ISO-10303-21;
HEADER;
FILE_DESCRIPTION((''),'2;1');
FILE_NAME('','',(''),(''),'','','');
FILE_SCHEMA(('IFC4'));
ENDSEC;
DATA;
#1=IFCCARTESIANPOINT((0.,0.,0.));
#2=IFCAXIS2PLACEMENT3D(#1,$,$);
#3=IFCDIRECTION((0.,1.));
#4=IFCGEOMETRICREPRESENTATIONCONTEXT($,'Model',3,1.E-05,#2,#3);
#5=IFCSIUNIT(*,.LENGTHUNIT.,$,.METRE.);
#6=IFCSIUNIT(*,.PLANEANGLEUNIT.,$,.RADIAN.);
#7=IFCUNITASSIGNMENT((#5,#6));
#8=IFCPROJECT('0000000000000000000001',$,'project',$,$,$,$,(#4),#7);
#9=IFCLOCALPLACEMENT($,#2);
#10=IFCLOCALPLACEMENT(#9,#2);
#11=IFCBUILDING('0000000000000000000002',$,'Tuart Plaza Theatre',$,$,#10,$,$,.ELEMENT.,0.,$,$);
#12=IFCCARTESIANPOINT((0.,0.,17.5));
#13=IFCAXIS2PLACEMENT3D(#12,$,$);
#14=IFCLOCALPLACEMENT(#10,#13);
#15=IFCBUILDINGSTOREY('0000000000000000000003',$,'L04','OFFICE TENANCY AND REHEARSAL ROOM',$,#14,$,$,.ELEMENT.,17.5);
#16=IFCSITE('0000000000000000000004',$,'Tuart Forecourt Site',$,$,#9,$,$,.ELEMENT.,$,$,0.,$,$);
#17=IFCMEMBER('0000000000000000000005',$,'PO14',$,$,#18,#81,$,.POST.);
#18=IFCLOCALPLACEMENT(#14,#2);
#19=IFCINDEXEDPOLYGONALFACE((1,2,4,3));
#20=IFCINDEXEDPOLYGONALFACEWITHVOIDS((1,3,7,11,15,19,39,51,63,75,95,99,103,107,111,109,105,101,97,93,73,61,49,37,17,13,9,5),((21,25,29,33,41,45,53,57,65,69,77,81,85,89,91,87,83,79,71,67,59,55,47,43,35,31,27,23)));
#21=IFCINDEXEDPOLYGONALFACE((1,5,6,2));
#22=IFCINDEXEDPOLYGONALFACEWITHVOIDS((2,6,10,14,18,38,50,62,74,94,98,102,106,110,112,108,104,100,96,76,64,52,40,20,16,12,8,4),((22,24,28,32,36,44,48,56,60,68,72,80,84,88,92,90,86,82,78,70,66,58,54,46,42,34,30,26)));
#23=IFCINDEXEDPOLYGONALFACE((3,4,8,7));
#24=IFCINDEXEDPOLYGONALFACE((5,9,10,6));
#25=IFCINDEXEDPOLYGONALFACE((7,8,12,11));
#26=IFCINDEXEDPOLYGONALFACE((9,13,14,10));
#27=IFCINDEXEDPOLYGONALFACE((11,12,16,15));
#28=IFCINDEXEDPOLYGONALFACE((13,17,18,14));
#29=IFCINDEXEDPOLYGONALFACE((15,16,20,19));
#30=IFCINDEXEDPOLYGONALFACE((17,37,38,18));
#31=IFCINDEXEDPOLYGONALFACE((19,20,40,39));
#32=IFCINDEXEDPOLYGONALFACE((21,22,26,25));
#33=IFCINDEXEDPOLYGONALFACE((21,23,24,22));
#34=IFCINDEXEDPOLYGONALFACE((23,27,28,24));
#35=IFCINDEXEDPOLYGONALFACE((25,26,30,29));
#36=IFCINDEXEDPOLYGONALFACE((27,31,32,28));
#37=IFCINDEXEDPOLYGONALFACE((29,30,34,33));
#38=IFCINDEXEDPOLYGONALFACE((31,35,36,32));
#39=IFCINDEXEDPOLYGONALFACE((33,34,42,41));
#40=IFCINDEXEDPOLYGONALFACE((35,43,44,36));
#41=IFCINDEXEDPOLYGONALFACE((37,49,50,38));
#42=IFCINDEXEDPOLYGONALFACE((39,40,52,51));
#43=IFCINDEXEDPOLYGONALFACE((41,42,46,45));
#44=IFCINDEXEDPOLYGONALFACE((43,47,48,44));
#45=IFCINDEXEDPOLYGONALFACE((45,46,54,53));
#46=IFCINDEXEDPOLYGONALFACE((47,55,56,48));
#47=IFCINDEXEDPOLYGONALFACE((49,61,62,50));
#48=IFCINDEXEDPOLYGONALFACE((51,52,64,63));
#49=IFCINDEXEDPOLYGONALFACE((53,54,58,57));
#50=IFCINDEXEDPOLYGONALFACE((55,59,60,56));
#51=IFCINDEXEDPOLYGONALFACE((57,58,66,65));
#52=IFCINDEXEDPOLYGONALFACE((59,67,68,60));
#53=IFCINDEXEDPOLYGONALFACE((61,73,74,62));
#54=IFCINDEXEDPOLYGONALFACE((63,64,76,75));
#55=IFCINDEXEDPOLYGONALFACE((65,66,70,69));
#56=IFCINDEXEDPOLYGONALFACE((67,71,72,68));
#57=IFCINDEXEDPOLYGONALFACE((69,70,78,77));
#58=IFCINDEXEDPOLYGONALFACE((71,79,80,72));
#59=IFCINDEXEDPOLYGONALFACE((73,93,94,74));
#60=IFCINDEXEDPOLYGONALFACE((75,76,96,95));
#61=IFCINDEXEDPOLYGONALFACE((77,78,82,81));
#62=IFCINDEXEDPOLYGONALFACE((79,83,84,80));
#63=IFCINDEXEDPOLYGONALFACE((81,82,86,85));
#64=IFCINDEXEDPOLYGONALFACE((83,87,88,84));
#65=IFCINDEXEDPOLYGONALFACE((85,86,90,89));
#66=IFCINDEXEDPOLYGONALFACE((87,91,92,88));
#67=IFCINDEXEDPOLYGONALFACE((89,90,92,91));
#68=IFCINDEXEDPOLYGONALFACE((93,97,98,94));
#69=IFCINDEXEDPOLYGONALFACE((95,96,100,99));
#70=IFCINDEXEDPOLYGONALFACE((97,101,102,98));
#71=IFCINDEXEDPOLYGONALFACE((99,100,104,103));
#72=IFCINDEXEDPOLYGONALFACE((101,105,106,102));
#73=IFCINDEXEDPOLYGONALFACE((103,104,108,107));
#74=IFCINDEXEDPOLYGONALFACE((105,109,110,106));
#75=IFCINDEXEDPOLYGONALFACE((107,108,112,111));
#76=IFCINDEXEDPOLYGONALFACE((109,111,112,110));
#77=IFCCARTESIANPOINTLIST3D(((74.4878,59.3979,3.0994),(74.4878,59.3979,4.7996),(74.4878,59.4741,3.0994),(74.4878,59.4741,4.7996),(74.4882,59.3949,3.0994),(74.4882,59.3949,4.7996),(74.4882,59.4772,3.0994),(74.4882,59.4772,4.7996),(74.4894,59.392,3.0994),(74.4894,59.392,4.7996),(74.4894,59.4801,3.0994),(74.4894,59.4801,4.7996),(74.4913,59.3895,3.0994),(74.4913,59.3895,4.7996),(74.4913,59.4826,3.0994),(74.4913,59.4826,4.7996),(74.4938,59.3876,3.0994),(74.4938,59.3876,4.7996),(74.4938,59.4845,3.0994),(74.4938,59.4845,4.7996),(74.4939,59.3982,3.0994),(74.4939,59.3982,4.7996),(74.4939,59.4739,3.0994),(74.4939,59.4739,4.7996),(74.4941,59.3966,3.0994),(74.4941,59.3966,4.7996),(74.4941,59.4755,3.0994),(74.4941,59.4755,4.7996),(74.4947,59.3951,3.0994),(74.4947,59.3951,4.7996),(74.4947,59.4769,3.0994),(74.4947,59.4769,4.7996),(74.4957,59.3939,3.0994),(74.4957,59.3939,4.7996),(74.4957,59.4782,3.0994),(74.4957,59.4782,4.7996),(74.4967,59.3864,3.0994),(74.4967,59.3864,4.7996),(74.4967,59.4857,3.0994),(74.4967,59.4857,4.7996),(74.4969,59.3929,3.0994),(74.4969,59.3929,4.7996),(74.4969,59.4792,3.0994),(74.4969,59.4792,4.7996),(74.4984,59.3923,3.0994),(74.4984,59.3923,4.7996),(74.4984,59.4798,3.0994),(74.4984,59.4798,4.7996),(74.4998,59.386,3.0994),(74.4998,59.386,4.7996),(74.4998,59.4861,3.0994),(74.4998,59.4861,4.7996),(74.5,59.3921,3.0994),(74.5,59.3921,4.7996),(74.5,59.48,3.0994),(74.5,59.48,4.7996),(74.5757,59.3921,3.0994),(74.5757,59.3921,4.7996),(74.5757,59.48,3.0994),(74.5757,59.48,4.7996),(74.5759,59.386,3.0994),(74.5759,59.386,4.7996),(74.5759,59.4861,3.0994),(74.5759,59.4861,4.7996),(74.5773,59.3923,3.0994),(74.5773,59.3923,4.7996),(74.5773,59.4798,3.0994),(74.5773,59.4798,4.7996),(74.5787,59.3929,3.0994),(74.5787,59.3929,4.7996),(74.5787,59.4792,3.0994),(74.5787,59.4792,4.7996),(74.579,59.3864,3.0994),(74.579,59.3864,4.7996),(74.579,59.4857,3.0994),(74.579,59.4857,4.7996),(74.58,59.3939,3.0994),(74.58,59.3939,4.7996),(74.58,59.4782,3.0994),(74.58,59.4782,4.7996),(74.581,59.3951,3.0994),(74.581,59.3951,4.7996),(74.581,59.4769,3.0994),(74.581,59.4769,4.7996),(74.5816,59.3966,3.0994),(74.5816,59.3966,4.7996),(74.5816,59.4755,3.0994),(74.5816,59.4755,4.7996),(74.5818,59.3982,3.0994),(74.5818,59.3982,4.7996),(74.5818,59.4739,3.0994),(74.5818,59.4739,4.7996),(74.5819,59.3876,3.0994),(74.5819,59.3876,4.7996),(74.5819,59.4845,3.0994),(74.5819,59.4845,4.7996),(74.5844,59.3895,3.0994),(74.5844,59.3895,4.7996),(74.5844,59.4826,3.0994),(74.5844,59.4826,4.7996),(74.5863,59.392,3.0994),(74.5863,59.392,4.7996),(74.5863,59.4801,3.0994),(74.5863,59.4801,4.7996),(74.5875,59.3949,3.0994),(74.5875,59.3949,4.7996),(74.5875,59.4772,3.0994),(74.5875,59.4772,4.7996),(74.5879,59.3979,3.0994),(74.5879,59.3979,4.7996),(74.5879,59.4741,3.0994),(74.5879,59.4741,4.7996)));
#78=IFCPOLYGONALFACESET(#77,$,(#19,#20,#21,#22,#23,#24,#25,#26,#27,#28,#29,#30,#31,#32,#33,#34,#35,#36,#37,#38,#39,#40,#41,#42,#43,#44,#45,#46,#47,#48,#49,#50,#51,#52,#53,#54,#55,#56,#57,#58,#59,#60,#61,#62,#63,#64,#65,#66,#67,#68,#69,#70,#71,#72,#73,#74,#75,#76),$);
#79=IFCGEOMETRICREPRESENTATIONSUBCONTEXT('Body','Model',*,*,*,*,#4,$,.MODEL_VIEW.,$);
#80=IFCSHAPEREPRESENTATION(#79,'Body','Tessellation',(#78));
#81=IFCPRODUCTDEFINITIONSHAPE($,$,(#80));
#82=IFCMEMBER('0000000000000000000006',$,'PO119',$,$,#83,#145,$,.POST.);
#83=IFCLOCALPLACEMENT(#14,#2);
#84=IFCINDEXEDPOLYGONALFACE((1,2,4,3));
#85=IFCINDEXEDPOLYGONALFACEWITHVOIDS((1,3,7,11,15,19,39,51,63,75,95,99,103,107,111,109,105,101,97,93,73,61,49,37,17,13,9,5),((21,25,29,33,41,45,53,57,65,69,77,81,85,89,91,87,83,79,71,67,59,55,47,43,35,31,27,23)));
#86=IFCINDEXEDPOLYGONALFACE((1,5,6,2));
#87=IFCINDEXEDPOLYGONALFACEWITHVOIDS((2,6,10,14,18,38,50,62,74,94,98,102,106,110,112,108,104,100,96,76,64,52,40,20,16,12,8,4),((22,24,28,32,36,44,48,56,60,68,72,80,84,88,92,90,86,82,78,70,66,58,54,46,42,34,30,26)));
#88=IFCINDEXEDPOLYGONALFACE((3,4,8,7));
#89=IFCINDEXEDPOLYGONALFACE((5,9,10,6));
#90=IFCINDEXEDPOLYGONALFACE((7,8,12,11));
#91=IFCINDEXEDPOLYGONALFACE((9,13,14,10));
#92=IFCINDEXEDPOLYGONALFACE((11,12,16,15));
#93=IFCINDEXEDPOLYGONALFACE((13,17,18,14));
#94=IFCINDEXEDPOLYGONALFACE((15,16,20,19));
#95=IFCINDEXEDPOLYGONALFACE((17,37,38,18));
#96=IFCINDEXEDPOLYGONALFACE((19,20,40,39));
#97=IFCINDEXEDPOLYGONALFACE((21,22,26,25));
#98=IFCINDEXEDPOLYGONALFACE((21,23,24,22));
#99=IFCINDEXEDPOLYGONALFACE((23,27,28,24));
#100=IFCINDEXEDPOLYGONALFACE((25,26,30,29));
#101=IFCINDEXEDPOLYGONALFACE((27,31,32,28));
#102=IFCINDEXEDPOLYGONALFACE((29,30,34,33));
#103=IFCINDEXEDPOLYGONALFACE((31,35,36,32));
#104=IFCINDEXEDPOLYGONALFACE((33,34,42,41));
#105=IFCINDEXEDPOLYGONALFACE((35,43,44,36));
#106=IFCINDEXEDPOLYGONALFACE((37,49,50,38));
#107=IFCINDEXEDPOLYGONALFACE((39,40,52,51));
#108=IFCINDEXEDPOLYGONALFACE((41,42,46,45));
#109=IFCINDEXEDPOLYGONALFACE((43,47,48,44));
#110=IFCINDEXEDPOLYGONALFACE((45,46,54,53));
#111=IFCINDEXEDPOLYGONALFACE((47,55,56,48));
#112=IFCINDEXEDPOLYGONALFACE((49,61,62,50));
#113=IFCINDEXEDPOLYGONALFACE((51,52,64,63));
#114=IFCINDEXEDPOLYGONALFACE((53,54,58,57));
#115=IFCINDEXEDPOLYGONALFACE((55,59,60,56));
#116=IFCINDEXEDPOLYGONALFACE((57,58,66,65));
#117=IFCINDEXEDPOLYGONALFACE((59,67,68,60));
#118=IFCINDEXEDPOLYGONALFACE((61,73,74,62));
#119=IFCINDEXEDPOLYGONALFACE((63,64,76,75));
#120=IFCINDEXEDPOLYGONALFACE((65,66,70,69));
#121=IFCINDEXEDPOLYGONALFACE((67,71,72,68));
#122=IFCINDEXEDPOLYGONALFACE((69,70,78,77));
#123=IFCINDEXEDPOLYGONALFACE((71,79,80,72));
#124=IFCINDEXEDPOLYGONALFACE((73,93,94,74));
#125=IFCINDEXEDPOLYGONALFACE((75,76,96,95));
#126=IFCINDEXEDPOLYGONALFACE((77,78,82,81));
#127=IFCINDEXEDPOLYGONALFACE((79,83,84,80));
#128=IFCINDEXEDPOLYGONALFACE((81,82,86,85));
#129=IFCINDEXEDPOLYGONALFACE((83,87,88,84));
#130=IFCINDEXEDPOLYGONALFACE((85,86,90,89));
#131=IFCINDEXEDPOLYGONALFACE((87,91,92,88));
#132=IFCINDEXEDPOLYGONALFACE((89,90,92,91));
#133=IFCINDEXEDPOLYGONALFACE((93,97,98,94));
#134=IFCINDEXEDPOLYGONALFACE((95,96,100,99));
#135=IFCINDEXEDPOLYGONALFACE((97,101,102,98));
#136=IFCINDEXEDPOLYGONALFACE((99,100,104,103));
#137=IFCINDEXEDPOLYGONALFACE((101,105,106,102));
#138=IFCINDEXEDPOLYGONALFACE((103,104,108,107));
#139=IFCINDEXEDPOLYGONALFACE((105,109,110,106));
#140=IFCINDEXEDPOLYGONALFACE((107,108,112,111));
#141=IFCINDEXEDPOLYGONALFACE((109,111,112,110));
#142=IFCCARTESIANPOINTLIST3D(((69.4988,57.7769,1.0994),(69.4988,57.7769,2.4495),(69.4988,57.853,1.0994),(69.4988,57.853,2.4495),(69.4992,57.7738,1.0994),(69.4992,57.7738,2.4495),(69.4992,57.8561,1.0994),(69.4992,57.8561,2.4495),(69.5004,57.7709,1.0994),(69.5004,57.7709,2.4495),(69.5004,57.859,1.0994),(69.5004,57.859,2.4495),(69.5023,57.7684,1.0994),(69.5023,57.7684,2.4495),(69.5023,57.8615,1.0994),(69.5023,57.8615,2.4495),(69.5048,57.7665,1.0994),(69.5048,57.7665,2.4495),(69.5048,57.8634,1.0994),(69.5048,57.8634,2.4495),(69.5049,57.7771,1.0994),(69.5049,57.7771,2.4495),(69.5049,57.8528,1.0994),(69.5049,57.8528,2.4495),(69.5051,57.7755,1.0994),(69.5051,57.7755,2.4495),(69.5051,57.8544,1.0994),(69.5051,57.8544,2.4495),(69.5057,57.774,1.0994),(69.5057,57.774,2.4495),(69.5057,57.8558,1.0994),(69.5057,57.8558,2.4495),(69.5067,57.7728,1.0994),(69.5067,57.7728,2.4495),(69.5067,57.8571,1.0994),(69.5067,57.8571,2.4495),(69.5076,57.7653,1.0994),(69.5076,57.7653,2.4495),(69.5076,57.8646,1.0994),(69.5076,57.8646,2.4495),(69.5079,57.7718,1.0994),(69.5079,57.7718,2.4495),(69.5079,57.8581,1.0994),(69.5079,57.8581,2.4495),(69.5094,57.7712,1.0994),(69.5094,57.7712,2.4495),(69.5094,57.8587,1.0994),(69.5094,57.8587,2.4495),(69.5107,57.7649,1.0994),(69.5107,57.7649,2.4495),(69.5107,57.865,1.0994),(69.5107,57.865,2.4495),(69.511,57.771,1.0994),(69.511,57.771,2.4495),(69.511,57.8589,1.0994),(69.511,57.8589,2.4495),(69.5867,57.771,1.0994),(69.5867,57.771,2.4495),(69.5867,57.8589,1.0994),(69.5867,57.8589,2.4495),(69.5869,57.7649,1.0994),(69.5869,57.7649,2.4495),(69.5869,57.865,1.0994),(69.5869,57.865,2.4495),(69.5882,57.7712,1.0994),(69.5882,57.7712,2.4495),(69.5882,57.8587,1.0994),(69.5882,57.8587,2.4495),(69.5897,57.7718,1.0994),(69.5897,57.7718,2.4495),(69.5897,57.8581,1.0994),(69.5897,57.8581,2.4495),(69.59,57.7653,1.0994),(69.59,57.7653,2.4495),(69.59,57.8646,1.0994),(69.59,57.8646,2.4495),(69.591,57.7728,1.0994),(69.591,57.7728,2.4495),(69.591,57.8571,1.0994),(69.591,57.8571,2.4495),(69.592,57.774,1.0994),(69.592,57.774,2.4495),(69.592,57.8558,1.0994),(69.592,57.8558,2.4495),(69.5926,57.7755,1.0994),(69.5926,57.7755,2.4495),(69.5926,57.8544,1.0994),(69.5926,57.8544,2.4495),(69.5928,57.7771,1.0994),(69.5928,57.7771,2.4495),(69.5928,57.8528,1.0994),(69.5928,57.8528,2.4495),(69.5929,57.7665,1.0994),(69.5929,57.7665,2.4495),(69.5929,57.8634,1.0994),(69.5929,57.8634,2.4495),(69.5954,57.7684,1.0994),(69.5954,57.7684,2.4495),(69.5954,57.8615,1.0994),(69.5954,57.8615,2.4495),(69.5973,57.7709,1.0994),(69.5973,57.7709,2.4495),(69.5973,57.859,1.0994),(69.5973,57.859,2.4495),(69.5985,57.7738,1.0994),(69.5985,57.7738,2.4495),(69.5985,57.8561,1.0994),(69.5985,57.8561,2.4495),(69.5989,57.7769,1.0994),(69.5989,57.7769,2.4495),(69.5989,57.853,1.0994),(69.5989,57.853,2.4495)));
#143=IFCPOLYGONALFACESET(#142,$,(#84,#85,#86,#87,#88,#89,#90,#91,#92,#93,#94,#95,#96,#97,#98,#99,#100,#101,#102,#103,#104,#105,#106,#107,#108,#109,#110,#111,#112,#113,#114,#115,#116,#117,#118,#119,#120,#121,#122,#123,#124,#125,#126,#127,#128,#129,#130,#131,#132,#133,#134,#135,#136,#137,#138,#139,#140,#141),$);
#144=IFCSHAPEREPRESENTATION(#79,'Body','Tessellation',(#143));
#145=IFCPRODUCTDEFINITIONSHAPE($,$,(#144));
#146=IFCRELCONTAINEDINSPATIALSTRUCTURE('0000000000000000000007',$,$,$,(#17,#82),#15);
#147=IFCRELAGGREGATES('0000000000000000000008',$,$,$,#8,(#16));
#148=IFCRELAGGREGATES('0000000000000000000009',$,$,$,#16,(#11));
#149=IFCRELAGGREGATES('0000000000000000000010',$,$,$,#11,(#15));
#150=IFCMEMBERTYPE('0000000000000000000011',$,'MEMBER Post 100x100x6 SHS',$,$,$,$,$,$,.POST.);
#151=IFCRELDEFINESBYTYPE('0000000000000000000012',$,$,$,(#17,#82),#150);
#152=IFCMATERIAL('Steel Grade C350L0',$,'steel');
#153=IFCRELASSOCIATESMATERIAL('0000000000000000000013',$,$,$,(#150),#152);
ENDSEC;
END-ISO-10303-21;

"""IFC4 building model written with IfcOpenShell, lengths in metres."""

from ifc_helpers import new_model, si_unit, direction, frame, origin, origin_2d, place, context, subcontext, project, spatial, hollow_rectangle, extrude, material, material_profile, profile_set, type_object, element, save


model = new_model("IFC4")

# Units and contexts
model_context = context("Model", 3, precision=1e-05, world=origin(), true_north=direction((0.0, 1.0)))
body_context = subcontext(model_context, "Body", "Model", "MODEL_VIEW")
ifc_project = project(units=[si_unit("LENGTHUNIT", "METRE"), si_unit("PLANEANGLEUNIT", "RADIAN")], contexts=[model_context])

# Site, building, storey
site_placement = place(None, origin())
site = spatial("IfcSite", under=ifc_project, at=site_placement, Name="Tuart Forecourt Site", CompositionType="ELEMENT", RefElevation=0.0)
building_placement = place(site_placement, origin())
building = spatial("IfcBuilding", under=site, at=building_placement, Name="Tuart Plaza Theatre", CompositionType="ELEMENT", ElevationOfRefHeight=0.0)
storey_placement = place(building_placement, frame((0.0, 0.0, 17.5)))
storey = spatial("IfcBuildingStorey", under=building, at=storey_placement, Name="L04", Description="OFFICE TENANCY AND REHEARSAL ROOM", CompositionType="ELEMENT", Elevation=17.5)

# Members
ifc_material_1 = material(Name="Steel Grade C350L0", Category="steel")
ifc_material_profile_1 = material_profile(ifc_material_1, hollow_rectangle(XDim=0.1001, YDim=0.1001, WallThickness=0.0061, InnerFilletRadius=0.0061, OuterFilletRadius=0.012, at=origin_2d()), Name="100x100x6 SHS")
ifc_profile_set_1 = profile_set([ifc_material_profile_1], Name="Steel Grade C350L0")
member_type_1 = type_object("IfcMemberType", Name="MEMBER Post 100x100x6 SHS", PredefinedType="POST", material=ifc_profile_set_1)
for number, where, z_axis, x_axis, name in (
    (1, (74.5378, 59.436, 3.0994), (0.0, 0.0, 1.0), (1.0, 0.0, 0.0), "PO14"),
):
    element("IfcMember", number, at=place(storey_placement, frame(where, z_axis=z_axis, x_axis=x_axis)), inside=storey, type_object=member_type_1, Name=name, PredefinedType="POST", context=body_context, shape_type="SweptSolid", body=[
        extrude(hollow_rectangle(XDim=0.1001, YDim=0.1001, WallThickness=0.0061, InnerFilletRadius=0.0061, OuterFilletRadius=0.012, at=origin_2d()), origin(), (0.0, 0.0, 1.0), 1.7002),
    ])
for number, where, z_axis, x_axis, name in (
    (2, (69.5488, 57.8149, 1.0994), (0.0, 0.0, 1.0), (1.0, 0.0, 0.0), "PO119"),
):
    element("IfcMember", number, at=place(storey_placement, frame(where, z_axis=z_axis, x_axis=x_axis)), inside=storey, type_object=member_type_1, Name=name, PredefinedType="POST", context=body_context, shape_type="SweptSolid", body=[
        extrude(hollow_rectangle(XDim=0.1001, YDim=0.1001, WallThickness=0.0061, InnerFilletRadius=0.0061, OuterFilletRadius=0.012, at=origin_2d()), origin(), (0.0, 0.0, 1.0), 1.3501),
    ])

save(model, "model.ifc")
